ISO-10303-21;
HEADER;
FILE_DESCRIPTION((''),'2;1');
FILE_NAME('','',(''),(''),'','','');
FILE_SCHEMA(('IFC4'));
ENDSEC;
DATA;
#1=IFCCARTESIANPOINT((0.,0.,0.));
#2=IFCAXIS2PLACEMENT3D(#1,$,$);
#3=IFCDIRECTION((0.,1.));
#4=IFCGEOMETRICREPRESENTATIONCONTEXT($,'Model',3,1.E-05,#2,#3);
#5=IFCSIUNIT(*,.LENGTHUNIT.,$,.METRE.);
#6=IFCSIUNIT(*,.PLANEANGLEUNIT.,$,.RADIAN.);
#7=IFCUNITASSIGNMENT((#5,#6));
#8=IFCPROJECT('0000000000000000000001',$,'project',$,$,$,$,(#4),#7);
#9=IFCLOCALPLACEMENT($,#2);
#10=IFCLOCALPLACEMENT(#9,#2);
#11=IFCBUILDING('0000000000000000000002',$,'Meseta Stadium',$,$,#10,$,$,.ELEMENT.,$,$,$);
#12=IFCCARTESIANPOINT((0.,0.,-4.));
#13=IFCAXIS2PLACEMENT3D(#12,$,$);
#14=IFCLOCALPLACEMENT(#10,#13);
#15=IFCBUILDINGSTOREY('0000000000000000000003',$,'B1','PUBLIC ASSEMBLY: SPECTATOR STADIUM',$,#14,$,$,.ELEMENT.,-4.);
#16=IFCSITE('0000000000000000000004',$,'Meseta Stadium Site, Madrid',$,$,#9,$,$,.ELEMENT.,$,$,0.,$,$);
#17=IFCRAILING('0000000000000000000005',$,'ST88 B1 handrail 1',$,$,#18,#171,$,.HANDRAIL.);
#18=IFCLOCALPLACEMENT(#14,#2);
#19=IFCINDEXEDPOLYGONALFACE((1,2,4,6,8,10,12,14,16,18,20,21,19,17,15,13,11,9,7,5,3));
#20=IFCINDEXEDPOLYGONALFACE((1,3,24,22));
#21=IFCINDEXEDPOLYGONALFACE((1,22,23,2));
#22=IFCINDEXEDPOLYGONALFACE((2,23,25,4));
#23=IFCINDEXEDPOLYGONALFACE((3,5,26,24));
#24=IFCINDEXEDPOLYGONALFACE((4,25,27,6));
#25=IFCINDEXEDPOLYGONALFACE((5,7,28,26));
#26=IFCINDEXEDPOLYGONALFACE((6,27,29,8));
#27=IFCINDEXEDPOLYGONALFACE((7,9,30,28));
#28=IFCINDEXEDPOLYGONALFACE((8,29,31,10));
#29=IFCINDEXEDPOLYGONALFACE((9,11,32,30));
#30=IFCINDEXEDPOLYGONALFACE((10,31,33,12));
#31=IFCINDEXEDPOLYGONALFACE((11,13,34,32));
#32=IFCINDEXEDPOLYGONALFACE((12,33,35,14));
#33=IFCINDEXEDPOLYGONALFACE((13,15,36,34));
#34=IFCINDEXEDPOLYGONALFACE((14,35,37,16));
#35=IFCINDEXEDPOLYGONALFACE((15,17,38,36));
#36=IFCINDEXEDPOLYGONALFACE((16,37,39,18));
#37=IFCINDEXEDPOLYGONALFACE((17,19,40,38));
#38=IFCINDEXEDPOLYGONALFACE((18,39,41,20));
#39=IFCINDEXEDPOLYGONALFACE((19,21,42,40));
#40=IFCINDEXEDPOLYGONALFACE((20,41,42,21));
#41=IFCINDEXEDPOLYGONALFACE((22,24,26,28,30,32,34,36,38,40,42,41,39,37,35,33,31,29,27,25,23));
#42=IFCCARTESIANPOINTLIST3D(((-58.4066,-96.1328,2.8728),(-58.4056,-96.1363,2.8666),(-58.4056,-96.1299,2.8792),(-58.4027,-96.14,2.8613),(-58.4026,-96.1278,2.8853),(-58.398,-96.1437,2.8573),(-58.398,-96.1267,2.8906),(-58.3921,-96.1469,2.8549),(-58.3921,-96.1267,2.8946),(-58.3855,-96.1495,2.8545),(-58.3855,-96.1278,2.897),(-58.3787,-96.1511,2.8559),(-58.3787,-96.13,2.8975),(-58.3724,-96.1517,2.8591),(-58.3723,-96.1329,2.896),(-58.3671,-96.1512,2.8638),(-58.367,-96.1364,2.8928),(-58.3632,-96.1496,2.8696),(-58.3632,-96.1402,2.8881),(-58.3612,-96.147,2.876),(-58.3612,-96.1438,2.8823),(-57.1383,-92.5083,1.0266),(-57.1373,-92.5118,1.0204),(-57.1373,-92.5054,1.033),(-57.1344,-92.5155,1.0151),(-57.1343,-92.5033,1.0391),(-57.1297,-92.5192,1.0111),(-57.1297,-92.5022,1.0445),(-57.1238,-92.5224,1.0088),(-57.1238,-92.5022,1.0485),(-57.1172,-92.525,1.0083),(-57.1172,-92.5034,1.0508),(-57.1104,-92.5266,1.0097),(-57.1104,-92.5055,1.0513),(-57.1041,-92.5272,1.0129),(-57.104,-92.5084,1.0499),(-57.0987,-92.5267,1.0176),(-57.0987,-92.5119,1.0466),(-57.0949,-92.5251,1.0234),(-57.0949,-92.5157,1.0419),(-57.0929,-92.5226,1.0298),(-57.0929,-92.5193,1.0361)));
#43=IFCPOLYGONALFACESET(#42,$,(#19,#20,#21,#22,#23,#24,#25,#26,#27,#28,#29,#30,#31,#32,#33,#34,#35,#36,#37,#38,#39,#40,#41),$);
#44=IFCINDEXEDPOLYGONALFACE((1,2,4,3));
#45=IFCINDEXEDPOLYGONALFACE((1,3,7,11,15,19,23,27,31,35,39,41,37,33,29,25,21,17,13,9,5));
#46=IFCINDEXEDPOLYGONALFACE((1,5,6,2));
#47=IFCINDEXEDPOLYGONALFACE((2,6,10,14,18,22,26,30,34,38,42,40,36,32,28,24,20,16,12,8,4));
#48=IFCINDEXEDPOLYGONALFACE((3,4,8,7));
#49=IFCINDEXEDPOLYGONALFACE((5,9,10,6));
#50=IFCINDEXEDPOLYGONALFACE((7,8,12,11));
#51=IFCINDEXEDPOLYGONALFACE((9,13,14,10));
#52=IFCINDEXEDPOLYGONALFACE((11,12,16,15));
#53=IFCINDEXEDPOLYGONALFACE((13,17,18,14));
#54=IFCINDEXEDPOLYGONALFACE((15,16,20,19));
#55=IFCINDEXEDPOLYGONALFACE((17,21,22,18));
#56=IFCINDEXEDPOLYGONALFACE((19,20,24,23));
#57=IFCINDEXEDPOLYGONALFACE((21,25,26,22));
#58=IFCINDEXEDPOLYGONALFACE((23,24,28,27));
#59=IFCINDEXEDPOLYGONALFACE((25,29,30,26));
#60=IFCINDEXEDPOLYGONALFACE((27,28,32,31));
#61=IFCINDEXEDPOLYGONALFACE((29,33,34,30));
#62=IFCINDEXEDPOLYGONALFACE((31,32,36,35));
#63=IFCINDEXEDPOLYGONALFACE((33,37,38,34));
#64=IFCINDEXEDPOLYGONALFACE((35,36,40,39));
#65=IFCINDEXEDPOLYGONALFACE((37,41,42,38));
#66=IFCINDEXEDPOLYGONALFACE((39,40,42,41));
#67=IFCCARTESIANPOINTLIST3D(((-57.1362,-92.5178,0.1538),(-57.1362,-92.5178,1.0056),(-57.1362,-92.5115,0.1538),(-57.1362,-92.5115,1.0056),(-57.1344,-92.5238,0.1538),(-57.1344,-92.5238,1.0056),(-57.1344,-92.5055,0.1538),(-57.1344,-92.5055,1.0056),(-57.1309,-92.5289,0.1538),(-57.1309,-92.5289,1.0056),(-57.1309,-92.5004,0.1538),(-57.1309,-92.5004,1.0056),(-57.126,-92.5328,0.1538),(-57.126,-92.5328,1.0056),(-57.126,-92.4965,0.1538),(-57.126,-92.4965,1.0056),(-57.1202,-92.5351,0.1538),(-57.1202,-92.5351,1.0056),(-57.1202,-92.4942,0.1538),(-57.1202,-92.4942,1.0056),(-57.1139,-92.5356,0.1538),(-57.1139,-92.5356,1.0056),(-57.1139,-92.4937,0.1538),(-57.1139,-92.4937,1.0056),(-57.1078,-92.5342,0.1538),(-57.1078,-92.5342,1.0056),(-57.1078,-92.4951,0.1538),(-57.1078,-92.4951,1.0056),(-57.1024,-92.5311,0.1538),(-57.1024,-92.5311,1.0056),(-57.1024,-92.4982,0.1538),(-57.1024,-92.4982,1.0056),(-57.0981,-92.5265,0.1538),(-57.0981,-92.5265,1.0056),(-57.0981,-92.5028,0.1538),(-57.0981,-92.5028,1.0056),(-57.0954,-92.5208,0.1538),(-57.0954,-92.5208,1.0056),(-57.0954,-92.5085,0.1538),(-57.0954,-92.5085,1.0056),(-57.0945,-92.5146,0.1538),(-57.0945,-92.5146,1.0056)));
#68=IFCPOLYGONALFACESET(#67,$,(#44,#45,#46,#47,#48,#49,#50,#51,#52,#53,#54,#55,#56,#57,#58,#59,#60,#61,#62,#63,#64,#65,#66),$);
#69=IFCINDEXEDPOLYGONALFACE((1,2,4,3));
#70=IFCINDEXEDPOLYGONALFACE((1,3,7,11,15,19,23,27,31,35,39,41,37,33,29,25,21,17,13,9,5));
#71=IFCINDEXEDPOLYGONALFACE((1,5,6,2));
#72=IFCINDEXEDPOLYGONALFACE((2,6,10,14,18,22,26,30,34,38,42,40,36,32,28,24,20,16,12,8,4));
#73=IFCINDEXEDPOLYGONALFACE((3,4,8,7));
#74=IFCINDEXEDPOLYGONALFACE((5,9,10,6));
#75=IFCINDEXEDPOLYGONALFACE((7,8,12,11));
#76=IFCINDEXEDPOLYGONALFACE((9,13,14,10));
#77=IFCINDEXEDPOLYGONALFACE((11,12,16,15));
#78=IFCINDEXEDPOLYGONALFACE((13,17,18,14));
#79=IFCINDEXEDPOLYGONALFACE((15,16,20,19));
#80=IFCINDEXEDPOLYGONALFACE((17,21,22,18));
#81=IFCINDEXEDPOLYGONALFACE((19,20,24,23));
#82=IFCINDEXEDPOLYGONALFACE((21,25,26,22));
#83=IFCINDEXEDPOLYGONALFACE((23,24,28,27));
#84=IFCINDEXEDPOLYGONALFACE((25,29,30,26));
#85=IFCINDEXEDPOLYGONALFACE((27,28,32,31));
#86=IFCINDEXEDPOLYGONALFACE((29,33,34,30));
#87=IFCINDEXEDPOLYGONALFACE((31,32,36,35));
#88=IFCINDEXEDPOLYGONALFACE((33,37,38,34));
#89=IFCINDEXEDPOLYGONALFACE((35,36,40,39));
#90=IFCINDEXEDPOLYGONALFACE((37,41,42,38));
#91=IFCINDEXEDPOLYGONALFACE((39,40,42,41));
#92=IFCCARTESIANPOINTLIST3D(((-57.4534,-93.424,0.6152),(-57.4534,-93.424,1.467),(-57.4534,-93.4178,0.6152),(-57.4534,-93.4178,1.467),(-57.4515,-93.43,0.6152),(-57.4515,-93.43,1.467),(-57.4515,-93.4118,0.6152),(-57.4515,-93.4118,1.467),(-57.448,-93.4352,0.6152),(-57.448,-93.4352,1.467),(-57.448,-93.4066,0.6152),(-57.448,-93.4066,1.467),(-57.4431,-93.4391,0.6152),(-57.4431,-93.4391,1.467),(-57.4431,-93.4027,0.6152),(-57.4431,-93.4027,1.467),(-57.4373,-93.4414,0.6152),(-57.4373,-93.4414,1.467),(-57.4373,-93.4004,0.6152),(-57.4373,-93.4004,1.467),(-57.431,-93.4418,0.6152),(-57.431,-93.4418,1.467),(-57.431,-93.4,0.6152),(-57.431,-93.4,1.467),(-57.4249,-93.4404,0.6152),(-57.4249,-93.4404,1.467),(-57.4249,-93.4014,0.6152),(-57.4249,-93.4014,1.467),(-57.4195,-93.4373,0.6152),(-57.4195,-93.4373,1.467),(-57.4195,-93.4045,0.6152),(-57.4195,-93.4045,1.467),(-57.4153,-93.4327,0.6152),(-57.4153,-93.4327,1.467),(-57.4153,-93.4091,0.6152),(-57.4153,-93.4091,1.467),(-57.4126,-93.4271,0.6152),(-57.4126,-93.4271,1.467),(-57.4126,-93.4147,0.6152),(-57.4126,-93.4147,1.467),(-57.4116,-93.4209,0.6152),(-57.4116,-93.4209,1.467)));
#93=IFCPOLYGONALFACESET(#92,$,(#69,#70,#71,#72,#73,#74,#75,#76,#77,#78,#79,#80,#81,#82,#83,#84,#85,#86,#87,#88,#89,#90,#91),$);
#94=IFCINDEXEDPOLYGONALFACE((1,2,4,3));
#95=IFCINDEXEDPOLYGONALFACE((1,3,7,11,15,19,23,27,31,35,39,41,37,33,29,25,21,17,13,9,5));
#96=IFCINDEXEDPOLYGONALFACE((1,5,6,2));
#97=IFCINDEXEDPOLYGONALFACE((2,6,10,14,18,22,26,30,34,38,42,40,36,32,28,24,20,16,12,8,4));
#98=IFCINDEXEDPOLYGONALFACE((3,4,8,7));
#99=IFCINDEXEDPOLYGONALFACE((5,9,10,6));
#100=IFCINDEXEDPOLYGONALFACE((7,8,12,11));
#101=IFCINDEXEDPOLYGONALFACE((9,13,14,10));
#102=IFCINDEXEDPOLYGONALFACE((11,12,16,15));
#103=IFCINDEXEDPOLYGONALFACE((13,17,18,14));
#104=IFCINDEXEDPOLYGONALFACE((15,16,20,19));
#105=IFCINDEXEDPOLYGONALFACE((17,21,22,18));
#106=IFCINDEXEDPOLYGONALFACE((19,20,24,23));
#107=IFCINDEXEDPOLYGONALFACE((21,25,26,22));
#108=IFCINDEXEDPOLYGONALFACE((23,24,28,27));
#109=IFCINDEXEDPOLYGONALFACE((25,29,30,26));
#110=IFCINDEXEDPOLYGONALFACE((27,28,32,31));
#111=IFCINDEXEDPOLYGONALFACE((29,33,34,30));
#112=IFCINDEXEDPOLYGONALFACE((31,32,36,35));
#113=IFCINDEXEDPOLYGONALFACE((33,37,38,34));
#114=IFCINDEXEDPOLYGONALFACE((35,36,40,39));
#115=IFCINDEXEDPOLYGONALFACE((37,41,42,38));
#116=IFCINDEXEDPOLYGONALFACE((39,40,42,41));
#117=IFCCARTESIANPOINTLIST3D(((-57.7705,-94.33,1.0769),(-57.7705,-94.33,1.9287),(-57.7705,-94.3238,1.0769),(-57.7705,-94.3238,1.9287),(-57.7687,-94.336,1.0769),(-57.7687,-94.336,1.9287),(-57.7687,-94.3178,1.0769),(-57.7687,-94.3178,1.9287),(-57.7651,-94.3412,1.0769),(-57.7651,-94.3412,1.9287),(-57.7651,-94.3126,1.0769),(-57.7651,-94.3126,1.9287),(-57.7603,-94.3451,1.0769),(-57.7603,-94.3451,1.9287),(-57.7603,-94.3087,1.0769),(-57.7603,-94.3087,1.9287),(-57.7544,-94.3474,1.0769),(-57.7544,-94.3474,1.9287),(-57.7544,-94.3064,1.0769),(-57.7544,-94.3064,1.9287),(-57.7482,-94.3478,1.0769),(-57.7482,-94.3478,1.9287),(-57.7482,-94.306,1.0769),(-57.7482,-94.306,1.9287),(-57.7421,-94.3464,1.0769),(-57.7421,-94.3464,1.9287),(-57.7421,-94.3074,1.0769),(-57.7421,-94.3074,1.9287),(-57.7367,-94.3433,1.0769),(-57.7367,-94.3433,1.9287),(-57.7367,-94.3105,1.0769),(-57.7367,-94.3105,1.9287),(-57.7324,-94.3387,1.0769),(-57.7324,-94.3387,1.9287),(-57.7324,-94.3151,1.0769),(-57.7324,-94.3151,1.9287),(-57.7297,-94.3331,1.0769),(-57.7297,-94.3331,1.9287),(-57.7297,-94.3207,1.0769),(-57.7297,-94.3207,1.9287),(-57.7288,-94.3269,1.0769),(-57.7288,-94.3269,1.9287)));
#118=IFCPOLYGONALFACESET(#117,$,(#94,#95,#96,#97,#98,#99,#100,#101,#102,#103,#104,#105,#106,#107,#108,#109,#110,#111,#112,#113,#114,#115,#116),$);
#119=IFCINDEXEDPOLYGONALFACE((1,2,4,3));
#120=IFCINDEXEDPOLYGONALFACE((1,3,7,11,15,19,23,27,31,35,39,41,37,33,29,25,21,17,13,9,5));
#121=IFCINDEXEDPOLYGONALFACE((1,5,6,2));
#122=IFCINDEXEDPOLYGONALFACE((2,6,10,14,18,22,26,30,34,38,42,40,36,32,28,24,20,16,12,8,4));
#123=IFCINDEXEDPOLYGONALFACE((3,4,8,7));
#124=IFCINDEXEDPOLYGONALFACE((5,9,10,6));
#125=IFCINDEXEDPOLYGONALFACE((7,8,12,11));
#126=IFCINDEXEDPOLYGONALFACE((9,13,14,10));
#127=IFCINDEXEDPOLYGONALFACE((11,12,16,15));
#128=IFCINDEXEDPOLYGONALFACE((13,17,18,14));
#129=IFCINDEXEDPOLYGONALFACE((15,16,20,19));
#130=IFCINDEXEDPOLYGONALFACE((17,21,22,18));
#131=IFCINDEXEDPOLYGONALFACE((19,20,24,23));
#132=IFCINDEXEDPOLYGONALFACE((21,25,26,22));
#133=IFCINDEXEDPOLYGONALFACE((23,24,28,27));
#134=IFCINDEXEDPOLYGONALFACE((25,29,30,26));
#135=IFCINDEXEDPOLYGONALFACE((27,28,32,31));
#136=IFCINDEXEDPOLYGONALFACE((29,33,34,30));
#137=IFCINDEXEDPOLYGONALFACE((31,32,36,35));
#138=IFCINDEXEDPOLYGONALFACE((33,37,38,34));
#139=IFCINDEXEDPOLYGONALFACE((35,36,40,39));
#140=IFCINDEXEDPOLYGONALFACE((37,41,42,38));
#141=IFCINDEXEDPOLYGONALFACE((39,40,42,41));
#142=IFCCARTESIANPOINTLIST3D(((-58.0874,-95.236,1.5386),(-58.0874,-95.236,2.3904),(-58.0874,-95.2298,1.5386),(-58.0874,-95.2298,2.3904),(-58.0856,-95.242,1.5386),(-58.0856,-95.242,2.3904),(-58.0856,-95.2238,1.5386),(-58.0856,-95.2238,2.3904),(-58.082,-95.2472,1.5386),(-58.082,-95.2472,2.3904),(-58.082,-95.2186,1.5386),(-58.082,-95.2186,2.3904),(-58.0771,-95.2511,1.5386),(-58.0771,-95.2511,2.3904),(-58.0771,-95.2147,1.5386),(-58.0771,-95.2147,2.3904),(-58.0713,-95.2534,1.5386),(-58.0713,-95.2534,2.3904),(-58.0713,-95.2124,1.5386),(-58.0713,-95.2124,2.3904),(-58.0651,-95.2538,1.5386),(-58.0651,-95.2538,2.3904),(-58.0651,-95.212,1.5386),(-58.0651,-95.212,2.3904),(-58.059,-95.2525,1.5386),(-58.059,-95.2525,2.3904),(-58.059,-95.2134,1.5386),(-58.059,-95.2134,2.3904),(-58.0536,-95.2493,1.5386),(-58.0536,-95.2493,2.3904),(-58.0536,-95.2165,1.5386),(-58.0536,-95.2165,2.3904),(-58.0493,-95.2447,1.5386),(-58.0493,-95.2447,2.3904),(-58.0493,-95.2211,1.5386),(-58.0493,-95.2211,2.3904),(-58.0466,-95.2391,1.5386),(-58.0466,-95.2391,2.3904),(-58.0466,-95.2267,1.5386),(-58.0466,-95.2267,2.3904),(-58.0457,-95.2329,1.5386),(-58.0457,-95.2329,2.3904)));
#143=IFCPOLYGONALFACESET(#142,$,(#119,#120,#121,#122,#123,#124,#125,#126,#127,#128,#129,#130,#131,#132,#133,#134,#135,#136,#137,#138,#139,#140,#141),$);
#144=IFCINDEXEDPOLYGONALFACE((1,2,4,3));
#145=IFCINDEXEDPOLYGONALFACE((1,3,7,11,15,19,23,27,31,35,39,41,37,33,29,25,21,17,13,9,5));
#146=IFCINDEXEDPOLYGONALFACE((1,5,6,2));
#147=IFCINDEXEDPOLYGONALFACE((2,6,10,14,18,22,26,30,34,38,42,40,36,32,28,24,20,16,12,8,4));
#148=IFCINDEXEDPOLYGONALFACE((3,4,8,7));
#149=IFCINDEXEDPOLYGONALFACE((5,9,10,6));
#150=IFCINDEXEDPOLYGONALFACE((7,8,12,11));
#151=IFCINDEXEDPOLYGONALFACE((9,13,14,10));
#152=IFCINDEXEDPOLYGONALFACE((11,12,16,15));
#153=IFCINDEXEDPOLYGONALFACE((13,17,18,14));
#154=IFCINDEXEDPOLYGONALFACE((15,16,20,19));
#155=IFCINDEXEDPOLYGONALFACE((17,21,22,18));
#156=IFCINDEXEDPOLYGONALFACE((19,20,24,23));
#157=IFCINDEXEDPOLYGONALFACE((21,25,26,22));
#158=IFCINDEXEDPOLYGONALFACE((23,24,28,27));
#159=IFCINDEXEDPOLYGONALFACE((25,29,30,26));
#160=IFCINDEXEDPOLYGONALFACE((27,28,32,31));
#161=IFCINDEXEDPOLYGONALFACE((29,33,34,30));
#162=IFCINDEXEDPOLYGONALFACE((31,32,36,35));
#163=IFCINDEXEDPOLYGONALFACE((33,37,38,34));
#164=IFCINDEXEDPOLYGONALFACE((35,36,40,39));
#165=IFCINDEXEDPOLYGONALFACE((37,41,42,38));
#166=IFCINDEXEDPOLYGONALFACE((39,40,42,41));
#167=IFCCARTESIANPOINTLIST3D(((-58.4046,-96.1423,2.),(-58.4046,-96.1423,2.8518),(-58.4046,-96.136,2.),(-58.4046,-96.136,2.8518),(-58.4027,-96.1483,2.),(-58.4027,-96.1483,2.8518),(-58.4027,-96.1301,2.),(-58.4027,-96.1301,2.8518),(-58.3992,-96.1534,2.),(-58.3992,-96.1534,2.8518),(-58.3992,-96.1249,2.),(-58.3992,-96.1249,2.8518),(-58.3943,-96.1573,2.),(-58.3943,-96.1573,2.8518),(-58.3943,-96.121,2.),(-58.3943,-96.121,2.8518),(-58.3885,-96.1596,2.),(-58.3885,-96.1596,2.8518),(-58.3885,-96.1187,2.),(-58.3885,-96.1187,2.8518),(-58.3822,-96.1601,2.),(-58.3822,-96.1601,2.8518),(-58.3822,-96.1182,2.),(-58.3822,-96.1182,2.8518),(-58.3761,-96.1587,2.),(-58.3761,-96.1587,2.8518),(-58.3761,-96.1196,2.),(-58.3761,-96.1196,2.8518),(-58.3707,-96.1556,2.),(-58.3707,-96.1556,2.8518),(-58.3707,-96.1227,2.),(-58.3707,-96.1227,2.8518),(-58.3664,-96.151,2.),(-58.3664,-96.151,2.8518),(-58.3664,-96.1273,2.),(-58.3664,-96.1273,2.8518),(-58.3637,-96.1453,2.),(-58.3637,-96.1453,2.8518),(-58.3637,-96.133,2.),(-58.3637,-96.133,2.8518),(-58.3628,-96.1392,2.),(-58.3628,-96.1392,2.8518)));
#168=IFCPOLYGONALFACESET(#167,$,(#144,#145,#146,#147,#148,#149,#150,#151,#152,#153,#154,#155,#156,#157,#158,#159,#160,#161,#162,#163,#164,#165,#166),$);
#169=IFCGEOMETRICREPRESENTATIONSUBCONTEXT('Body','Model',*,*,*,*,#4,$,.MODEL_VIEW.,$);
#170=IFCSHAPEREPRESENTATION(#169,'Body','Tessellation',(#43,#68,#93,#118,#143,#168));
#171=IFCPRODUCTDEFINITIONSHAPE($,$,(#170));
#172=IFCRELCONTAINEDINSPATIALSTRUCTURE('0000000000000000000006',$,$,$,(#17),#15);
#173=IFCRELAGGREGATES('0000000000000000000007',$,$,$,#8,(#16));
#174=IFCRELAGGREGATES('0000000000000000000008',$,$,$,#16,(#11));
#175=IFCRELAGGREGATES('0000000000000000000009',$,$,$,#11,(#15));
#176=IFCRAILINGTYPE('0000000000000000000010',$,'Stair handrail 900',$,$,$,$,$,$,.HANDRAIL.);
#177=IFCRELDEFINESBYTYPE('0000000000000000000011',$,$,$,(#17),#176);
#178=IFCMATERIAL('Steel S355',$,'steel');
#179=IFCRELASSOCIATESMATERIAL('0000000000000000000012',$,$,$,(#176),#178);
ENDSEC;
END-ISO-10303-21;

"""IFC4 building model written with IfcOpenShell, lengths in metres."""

from ifc_helpers import new_model, si_unit, direction, frame, origin, origin_2d, place, context, subcontext, project, spatial, circle, extrude, material, type_object, element, save


model = new_model("IFC4")

# Units and contexts
model_context = context("Model", 3, precision=1e-05, world=origin(), true_north=direction((0.0, 1.0)))
body_context = subcontext(model_context, "Body", "Model", "MODEL_VIEW")
ifc_project = project(units=[si_unit("LENGTHUNIT", "METRE"), si_unit("PLANEANGLEUNIT", "RADIAN")], contexts=[model_context])

# Site, building, storey
site_placement = place(None, origin())
site = spatial("IfcSite", under=ifc_project, at=site_placement, Name="Meseta Stadium Site, Madrid", CompositionType="ELEMENT", RefElevation=0.0)
building_placement = place(site_placement, origin())
building = spatial("IfcBuilding", under=site, at=building_placement, Name="Meseta Stadium", CompositionType="ELEMENT")
storey_placement = place(building_placement, frame((0.0, 0.0, -4.0)))
storey = spatial("IfcBuildingStorey", under=building, at=storey_placement, Name="B1", Description="PUBLIC ASSEMBLY: SPECTATOR STADIUM", CompositionType="ELEMENT", Elevation=-4.0)

# Railing
ifc_material_1 = material(Name="Steel S355", Category="steel")
railing_type_1 = type_object("IfcRailingType", Name="Stair handrail 900", PredefinedType="HANDRAIL", material=ifc_material_1)
railing_1_placement = place(storey_placement, frame((-57.1155, -92.5146, 0.1538)))
element("IfcRailing", 1, at=railing_1_placement, inside=storey, type_object=railing_type_1, Name="ST88 B1 handrail 1", PredefinedType="HANDRAIL", context=body_context, shape_type="SweptSolid", body=[
    extrude(circle(Radius=0.0239, at=origin_2d()), frame((0.0, 0.0, 0.876), z_axis=(-0.297672, -0.850672, 0.4333), x_axis=(0.94388, -0.330288, 0.0)), (0.0, 0.0, 1.0), 4.2607),
    extrude(circle(Radius=0.021, at=origin_2d()), origin(), (0.0, 0.0, 1.0), 0.8518),
    extrude(circle(Radius=0.021, at=origin_2d()), frame((-0.3171, -0.9062, 0.4614)), (0.0, 0.0, 1.0), 0.8518),
    extrude(circle(Radius=0.021, at=origin_2d()), frame((-0.6343, -1.8123, 0.9231)), (0.0, 0.0, 1.0), 0.8518),
    extrude(circle(Radius=0.021, at=origin_2d()), frame((-0.9512, -2.7183, 1.3848)), (0.0, 0.0, 1.0), 0.8518),
    extrude(circle(Radius=0.021, at=origin_2d()), frame((-1.2683, -3.6245, 1.8462)), (0.0, 0.0, 1.0), 0.8518),
])

save(model, "model.ifc")
